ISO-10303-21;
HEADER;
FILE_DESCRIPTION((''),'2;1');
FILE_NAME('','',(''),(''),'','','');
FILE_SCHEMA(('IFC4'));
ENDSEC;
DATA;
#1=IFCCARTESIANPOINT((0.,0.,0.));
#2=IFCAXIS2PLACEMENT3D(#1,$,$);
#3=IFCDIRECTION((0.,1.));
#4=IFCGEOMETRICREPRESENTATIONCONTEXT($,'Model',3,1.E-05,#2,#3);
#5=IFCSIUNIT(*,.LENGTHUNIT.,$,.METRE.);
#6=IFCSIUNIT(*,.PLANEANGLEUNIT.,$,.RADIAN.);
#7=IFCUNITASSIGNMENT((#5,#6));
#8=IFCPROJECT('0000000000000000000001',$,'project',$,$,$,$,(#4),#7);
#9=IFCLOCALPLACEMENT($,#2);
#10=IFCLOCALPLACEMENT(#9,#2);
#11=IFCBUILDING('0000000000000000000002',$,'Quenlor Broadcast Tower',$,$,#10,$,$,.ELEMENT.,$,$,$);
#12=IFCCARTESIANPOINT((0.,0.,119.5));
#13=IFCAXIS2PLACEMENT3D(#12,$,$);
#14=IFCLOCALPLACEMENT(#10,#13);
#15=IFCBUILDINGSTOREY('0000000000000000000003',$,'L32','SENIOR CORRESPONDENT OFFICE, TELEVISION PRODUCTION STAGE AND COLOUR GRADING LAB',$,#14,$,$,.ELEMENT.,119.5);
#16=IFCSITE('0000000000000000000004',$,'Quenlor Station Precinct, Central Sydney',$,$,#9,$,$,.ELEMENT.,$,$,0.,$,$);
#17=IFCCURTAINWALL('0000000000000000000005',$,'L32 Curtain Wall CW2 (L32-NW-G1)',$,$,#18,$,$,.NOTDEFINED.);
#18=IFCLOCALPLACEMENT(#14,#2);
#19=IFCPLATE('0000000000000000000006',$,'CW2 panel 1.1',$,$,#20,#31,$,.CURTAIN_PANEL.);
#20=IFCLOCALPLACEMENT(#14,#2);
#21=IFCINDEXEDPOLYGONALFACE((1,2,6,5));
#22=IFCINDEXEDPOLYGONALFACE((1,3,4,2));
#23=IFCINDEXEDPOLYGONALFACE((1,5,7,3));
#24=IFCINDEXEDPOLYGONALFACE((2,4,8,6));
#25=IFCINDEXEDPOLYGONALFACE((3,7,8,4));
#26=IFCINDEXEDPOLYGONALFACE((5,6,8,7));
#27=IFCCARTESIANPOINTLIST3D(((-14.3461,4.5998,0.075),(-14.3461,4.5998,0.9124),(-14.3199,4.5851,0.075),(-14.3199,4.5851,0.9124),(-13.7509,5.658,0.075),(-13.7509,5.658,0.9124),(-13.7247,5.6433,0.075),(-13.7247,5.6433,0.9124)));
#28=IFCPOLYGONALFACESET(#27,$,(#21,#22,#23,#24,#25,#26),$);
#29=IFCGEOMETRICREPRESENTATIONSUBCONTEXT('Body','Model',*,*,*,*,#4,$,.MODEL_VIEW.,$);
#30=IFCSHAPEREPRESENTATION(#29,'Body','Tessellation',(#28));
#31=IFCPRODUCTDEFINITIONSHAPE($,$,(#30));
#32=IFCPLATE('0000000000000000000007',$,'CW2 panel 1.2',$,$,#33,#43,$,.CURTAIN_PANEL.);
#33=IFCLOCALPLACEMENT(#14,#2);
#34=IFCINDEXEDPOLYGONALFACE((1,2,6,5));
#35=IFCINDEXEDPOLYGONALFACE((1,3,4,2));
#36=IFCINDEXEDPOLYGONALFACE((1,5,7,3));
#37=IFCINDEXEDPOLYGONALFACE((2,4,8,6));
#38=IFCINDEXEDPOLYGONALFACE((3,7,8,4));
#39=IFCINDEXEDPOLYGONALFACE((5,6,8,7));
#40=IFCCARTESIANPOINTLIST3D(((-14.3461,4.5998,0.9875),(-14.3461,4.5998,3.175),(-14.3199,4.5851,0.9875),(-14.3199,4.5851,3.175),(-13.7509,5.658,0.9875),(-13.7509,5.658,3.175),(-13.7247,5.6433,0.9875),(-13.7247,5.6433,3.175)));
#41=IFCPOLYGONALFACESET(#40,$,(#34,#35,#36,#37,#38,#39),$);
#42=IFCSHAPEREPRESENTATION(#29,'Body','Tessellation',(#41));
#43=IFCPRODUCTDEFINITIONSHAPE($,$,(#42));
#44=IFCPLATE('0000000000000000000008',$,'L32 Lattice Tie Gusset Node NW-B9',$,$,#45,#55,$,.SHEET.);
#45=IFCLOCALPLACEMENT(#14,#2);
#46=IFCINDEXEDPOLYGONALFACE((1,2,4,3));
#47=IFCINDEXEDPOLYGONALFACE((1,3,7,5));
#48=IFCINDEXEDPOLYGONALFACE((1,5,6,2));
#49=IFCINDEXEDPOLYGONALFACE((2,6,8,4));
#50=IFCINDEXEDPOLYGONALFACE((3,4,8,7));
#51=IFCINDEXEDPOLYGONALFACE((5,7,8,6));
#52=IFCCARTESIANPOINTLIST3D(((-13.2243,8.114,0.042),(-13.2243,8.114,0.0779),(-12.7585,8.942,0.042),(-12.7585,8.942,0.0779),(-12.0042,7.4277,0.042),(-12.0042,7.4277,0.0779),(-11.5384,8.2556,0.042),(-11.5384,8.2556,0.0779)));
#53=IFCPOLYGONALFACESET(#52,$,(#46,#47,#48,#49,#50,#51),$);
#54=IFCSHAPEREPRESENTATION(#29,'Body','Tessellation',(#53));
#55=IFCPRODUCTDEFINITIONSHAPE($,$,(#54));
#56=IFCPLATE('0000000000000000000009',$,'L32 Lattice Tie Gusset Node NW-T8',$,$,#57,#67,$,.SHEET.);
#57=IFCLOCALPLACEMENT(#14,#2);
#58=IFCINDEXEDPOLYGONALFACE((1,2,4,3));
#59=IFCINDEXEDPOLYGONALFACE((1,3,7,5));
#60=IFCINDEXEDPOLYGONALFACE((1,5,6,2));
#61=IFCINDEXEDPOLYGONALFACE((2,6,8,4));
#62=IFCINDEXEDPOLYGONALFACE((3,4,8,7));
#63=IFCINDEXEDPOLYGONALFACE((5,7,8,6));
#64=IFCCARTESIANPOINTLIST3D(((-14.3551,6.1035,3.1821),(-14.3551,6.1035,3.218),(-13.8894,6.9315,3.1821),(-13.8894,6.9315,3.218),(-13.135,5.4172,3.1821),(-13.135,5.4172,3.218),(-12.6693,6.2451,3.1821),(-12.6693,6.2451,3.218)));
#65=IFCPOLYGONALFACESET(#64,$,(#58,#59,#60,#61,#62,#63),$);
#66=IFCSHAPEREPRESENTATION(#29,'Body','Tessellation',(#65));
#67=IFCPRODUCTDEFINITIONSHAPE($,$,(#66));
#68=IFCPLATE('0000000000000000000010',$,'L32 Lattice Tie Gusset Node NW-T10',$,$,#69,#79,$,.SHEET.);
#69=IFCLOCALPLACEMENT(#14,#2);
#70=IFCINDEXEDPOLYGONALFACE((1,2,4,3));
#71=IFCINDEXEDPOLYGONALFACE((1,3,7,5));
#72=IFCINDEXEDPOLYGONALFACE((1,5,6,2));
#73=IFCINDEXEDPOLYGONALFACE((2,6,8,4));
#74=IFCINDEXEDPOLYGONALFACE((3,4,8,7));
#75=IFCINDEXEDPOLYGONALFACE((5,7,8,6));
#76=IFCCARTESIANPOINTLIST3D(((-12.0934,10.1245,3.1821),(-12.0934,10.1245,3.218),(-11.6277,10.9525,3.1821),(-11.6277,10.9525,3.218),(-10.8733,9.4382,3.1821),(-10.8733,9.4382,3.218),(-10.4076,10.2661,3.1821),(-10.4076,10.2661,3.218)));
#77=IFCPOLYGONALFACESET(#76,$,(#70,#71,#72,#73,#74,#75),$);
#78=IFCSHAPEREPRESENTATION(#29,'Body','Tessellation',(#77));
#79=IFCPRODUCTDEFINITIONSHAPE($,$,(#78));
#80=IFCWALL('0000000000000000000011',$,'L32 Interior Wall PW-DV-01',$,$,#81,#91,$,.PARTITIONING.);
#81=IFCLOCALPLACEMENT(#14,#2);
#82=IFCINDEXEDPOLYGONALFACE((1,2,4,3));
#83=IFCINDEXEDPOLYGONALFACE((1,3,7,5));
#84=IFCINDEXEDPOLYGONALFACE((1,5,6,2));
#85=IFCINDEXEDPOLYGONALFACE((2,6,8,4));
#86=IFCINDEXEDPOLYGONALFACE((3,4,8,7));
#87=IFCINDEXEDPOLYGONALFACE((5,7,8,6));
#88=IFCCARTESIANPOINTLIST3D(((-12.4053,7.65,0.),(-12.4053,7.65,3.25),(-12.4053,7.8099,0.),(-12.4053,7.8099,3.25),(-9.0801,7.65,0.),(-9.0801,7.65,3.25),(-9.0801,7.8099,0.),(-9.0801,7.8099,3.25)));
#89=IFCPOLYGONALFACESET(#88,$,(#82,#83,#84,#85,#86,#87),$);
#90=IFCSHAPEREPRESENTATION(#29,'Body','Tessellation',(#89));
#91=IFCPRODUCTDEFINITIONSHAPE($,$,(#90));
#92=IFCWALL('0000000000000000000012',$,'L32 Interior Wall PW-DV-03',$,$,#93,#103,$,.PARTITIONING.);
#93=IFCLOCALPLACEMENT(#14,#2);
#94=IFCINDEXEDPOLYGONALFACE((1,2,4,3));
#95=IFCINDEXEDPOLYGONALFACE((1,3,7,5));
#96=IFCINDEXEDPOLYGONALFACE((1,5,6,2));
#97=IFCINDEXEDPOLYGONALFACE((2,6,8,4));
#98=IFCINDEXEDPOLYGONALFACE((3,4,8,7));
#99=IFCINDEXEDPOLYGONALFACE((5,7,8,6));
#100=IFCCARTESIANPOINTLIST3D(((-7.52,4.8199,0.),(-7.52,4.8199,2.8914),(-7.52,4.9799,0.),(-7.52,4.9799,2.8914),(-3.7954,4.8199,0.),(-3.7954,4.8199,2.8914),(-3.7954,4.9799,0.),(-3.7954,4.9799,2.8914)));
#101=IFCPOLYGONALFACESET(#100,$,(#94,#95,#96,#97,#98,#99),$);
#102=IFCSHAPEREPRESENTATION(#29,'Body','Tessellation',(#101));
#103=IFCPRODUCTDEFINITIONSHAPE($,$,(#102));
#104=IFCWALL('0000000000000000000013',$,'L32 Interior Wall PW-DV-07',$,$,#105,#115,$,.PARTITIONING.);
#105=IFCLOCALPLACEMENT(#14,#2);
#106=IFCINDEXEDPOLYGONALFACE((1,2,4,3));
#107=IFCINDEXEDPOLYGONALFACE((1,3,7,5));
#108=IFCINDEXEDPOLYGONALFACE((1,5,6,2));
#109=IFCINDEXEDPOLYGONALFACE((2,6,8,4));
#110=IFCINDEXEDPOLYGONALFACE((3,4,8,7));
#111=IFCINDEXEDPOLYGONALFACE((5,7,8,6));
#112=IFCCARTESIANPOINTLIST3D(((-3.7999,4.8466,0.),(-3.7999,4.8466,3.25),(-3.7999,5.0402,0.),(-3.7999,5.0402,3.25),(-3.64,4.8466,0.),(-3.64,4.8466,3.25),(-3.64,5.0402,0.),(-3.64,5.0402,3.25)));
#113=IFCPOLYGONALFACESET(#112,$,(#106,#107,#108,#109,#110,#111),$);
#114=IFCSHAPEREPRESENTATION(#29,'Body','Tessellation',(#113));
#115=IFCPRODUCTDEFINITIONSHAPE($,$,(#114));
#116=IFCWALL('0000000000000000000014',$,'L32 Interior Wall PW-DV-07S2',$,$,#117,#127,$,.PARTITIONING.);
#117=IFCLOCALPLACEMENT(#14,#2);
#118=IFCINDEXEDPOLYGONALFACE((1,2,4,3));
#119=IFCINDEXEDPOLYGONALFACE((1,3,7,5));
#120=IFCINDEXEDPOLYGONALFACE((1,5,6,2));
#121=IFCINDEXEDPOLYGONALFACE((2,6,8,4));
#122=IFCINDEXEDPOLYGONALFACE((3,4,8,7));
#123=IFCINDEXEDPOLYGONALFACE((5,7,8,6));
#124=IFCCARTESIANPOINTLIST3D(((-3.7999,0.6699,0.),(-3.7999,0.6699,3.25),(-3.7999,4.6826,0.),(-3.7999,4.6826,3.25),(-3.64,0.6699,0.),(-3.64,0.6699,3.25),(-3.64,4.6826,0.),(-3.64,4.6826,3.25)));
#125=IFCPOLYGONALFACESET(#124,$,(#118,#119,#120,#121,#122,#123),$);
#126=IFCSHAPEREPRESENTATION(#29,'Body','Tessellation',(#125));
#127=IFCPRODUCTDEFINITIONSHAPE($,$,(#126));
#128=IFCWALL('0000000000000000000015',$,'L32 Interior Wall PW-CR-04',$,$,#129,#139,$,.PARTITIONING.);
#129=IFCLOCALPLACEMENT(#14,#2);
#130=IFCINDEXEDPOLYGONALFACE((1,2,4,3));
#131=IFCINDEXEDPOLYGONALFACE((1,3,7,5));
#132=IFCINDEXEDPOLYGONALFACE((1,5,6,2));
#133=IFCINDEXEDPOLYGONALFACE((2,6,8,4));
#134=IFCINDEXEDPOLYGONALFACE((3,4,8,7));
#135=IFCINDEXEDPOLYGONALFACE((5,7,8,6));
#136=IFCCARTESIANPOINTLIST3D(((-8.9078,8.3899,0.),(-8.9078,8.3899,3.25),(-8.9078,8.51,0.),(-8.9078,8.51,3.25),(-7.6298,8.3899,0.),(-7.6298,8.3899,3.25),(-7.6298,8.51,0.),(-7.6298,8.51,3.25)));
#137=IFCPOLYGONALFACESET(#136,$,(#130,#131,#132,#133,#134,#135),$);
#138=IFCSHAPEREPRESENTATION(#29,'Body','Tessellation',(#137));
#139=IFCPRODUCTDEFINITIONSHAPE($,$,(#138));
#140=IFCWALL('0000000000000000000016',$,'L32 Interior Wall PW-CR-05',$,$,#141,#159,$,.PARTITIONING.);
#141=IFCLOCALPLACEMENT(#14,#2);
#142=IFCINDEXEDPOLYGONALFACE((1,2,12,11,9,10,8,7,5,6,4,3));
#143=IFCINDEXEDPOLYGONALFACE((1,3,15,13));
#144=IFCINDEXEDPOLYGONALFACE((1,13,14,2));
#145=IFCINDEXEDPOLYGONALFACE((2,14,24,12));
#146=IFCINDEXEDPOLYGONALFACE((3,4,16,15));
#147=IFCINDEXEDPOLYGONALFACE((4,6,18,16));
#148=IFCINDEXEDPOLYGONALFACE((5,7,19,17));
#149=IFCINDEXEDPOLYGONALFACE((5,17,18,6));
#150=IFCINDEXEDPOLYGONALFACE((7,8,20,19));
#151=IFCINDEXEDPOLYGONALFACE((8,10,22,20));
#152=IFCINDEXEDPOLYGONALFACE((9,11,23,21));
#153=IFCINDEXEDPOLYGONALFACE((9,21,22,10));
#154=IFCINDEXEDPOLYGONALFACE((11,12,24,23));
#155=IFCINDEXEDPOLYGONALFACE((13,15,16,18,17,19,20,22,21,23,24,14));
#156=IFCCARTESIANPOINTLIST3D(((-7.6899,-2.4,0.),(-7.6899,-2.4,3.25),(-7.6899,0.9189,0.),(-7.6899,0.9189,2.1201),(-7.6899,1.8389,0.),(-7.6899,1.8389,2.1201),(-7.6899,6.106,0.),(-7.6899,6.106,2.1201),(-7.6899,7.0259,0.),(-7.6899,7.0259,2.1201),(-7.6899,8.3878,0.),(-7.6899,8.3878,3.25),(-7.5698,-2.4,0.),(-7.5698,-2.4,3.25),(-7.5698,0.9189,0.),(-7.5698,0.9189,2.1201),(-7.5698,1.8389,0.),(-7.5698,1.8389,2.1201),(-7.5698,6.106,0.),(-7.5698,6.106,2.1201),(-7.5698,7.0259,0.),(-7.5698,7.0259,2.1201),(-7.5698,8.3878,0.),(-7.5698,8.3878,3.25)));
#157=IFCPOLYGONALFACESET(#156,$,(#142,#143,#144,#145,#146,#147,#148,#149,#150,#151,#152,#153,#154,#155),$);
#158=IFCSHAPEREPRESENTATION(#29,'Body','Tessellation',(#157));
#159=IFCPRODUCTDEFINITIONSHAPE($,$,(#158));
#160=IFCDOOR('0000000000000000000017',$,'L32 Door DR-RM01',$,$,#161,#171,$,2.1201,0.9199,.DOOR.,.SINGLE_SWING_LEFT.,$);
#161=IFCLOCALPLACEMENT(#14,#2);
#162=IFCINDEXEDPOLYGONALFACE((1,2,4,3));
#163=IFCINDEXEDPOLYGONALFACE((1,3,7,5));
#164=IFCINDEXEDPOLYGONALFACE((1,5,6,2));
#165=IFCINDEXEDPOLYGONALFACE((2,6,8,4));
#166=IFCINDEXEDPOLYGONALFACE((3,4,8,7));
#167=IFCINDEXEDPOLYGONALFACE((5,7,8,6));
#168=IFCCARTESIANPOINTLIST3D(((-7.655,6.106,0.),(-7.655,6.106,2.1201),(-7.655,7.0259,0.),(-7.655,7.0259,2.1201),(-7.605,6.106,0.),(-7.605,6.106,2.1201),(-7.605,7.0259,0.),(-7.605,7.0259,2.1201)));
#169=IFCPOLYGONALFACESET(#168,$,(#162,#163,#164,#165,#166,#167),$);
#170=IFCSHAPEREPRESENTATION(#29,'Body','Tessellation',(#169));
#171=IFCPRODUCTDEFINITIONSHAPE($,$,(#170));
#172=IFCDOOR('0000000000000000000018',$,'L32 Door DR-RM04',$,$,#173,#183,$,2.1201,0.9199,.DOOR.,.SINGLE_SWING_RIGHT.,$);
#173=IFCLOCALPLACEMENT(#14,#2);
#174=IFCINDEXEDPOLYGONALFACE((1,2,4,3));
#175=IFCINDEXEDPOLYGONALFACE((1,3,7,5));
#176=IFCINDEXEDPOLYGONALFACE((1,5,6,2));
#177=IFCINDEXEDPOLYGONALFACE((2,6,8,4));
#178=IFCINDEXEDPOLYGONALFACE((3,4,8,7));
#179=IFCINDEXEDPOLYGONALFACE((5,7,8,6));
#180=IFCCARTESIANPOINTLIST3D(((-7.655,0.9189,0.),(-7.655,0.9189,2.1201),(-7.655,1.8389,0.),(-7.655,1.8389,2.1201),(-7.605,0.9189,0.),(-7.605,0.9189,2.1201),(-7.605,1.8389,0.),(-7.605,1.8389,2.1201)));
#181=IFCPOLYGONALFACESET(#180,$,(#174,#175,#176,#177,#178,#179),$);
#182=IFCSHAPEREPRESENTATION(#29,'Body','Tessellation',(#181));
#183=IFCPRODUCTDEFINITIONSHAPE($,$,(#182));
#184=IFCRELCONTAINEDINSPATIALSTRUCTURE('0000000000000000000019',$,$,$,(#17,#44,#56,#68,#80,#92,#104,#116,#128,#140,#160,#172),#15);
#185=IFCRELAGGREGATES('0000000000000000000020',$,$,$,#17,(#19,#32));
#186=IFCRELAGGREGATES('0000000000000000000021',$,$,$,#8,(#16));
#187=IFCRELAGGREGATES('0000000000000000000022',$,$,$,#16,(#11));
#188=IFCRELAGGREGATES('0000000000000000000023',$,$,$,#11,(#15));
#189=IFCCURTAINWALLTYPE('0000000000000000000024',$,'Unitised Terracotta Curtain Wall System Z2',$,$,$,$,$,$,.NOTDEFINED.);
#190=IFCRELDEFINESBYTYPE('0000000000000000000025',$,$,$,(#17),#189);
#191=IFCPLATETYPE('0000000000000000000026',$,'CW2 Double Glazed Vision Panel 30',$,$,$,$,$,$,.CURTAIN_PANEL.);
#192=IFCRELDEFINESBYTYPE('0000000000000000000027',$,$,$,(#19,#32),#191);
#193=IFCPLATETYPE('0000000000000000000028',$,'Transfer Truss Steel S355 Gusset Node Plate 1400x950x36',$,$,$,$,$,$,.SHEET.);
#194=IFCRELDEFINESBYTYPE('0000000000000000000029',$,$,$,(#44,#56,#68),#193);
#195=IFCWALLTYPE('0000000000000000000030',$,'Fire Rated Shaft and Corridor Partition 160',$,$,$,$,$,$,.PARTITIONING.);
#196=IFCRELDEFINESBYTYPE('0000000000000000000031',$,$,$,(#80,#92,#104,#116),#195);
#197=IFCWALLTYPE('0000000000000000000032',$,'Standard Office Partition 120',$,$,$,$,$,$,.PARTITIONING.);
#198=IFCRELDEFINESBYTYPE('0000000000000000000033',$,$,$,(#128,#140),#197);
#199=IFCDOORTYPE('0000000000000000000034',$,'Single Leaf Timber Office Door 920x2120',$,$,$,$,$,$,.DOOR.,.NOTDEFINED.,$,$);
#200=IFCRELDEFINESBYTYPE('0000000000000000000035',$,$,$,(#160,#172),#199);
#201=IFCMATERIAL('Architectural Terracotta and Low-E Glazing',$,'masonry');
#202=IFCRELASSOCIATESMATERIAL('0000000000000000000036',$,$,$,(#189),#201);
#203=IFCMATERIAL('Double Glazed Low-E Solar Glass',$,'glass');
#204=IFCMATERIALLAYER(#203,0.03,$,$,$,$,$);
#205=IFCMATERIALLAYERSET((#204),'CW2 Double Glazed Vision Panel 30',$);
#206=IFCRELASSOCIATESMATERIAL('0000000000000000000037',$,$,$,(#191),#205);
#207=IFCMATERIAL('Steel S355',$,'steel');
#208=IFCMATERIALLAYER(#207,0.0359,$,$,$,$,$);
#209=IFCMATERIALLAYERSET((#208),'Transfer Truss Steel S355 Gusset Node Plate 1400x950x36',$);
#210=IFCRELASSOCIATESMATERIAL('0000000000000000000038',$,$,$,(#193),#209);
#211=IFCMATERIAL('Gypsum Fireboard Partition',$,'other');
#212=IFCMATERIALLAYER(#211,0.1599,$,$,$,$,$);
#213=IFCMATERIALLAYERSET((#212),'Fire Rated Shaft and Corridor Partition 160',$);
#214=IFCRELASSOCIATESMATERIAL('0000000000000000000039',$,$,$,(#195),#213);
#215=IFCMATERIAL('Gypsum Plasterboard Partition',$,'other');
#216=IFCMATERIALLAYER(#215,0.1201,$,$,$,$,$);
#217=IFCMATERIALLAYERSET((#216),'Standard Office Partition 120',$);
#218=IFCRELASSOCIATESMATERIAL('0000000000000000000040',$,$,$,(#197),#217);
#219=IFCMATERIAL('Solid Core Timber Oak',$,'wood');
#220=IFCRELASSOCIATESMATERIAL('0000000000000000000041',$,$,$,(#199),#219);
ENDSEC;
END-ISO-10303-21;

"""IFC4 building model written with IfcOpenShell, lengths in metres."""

from ifc_helpers import new_model, si_unit, direction, frame, frame_2d, origin, origin_2d, place, context, subcontext, project, spatial, rectangle, extrude, material, layer, layer_set, type_object, element, fill, aggregate, save


model = new_model("IFC4")

# Units and contexts
model_context = context("Model", 3, precision=1e-05, world=origin(), true_north=direction((0.0, 1.0)))
body_context = subcontext(model_context, "Body", "Model", "MODEL_VIEW")
ifc_project = project(units=[si_unit("LENGTHUNIT", "METRE"), si_unit("PLANEANGLEUNIT", "RADIAN")], contexts=[model_context])

# Site, building, storey
site_placement = place(None, origin())
site = spatial("IfcSite", under=ifc_project, at=site_placement, Name="Quenlor Station Precinct, Central Sydney", CompositionType="ELEMENT", RefElevation=0.0)
building_placement = place(site_placement, origin())
building = spatial("IfcBuilding", under=site, at=building_placement, Name="Quenlor Broadcast Tower", CompositionType="ELEMENT")
storey_placement = place(building_placement, frame((0.0, 0.0, 119.5)))
storey = spatial("IfcBuildingStorey", under=building, at=storey_placement, Name="L32", Description="SENIOR CORRESPONDENT OFFICE, TELEVISION PRODUCTION STAGE AND COLOUR GRADING LAB", CompositionType="ELEMENT", Elevation=119.5)

# Curtain wall
ifc_material_1 = material(Name="Architectural Terracotta and Low-E Glazing", Category="masonry")
curtain_wall_type = type_object("IfcCurtainWallType", Name="Unitised Terracotta Curtain Wall System Z2", PredefinedType="NOTDEFINED", material=ifc_material_1)
curtain_wall_1_placement = place(storey_placement, origin())
curtain_wall_1 = element("IfcCurtainWall", 1, at=curtain_wall_1_placement, inside=storey, type_object=curtain_wall_type, Name="L32 Curtain Wall CW2 (L32-NW-G1)", PredefinedType="NOTDEFINED")

# Plates
ifc_material_2 = material(Name="Double Glazed Low-E Solar Glass", Category="glass")
ifc_layer_1 = layer(ifc_material_2, 0.03)
ifc_layer_set_1 = layer_set([ifc_layer_1], Name="CW2 Double Glazed Vision Panel 30")
plate_type_1 = type_object("IfcPlateType", Name="CW2 Double Glazed Vision Panel 30", PredefinedType="CURTAIN_PANEL", material=ifc_layer_set_1)
plate_1_placement = place(storey_placement, frame((-14.0354, 5.1216, 0.075), z_axis=(0.0, 0.0, 1.0), x_axis=(0.490254, 0.871579, 0.0)))
plate_1 = element("IfcPlate", 2, at=plate_1_placement, type_object=plate_type_1, Name="CW2 panel 1.1", PredefinedType="CURTAIN_PANEL", context=body_context, shape_type="SweptSolid", body=[
    extrude(rectangle(XDim=1.2141, YDim=0.03, at=origin_2d()), origin(), (0.0, 0.0, 1.0), 0.8374),
])
plate_2_placement = place(storey_placement, frame((-14.0354, 5.1216, 0.9875), z_axis=(0.0, 0.0, 1.0), x_axis=(0.490254, 0.871579, 0.0)))
plate_2 = element("IfcPlate", 3, at=plate_2_placement, type_object=plate_type_1, Name="CW2 panel 1.2", PredefinedType="CURTAIN_PANEL", context=body_context, shape_type="SweptSolid", body=[
    extrude(rectangle(XDim=1.2141, YDim=0.03, at=origin_2d()), origin(), (0.0, 0.0, 1.0), 2.1875),
])
aggregate(curtain_wall_1, [plate_1, plate_2])

# Plates
ifc_material_3 = material(Name="Steel S355", Category="steel")
ifc_layer_2 = layer(ifc_material_3, 0.0359)
ifc_layer_set_2 = layer_set([ifc_layer_2], Name="Transfer Truss Steel S355 Gusset Node Plate 1400x950x36")
plate_type_2 = type_object("IfcPlateType", Name="Transfer Truss Steel S355 Gusset Node Plate 1400x950x36", PredefinedType="SHEET", material=ifc_layer_set_2)
for number, where, z_axis, x_axis, name in (
    (4, (-12.3813, 8.1848, 0.042), (0.0, 0.0, 1.0), (-0.871556, 0.490295, 0.0), "L32 Lattice Tie Gusset Node NW-B9"),
    (5, (-13.5122, 6.1743, 3.1821), (0.0, 0.0, 1.0), (-0.871556, 0.490295, 0.0), "L32 Lattice Tie Gusset Node NW-T8"),
    (6, (-11.2505, 10.1953, 3.1821), (0.0, 0.0, 1.0), (-0.871556, 0.490295, 0.0), "L32 Lattice Tie Gusset Node NW-T10"),
):
    element("IfcPlate", number, at=place(storey_placement, frame(where, z_axis=z_axis, x_axis=x_axis)), inside=storey, type_object=plate_type_2, Name=name, PredefinedType="SHEET", context=body_context, shape_type="SweptSolid", body=[
        extrude(rectangle(XDim=1.3999, YDim=0.95, at=origin_2d()), origin(), (0.0, 0.0, 1.0), 0.0359),
    ])

# Walls
ifc_material_4 = material(Name="Gypsum Fireboard Partition", Category="other")
ifc_layer_3 = layer(ifc_material_4, 0.1599)
ifc_layer_set_3 = layer_set([ifc_layer_3], Name="Fire Rated Shaft and Corridor Partition 160")
wall_type_1 = type_object("IfcWallType", Name="Fire Rated Shaft and Corridor Partition 160", PredefinedType="PARTITIONING", material=ifc_layer_set_3)
wall_1_placement = place(storey_placement, frame((-9.0801, 7.73, 0.0), z_axis=(0.0, 0.0, 1.0), x_axis=(-1.0, 0.0, 0.0)))
element("IfcWall", 7, at=wall_1_placement, inside=storey, type_object=wall_type_1, Name="L32 Interior Wall PW-DV-01", PredefinedType="PARTITIONING", context=body_context, shape_type="SweptSolid", body=[
    extrude(rectangle(XDim=3.3252, YDim=0.1599, at=frame_2d((1.6626, 0.0))), origin(), (0.0, 0.0, 1.0), 3.25),
])
wall_2_placement = place(storey_placement, frame((-3.7954, 4.8999, 0.0), z_axis=(0.0, 0.0, 1.0), x_axis=(-1.0, 0.0, 0.0)))
element("IfcWall", 8, at=wall_2_placement, inside=storey, type_object=wall_type_1, Name="L32 Interior Wall PW-DV-03", PredefinedType="PARTITIONING", context=body_context, shape_type="SweptSolid", body=[
    extrude(rectangle(XDim=3.7246, YDim=0.1599, at=frame_2d((1.8623, 0.0))), origin(), (0.0, 0.0, 1.0), 2.8914),
])
wall_3_placement = place(storey_placement, frame((-3.72, 5.04, 0.0), z_axis=(0.0, 0.0, 1.0), x_axis=(0.0, -1.0, 0.0)))
element("IfcWall", 9, at=wall_3_placement, inside=storey, type_object=wall_type_1, Name="L32 Interior Wall PW-DV-07", PredefinedType="PARTITIONING", context=body_context, shape_type="SweptSolid", body=[
    extrude(rectangle(XDim=0.1936, YDim=0.1599, at=frame_2d((0.0967, 0.0))), origin(), (0.0, 0.0, 1.0), 3.25),
])
wall_4_placement = place(storey_placement, frame((-3.72, 4.6826, 0.0), z_axis=(0.0, 0.0, 1.0), x_axis=(0.0, -1.0, 0.0)))
element("IfcWall", 10, at=wall_4_placement, inside=storey, type_object=wall_type_1, Name="L32 Interior Wall PW-DV-07S2", PredefinedType="PARTITIONING", context=body_context, shape_type="SweptSolid", body=[
    extrude(rectangle(XDim=4.0127, YDim=0.1599, at=frame_2d((2.0063, 0.0))), origin(), (0.0, 0.0, 1.0), 3.25),
])
ifc_material_5 = material(Name="Gypsum Plasterboard Partition", Category="other")
ifc_layer_4 = layer(ifc_material_5, 0.1201)
ifc_layer_set_4 = layer_set([ifc_layer_4], Name="Standard Office Partition 120")
wall_type_2 = type_object("IfcWallType", Name="Standard Office Partition 120", PredefinedType="PARTITIONING", material=ifc_layer_set_4)
wall_5_placement = place(storey_placement, frame((-8.908, 8.45, 0.0), z_axis=(0.0, 0.0, 1.0), x_axis=(1.0, 0.0, 0.0)))
element("IfcWall", 11, at=wall_5_placement, inside=storey, type_object=wall_type_2, Name="L32 Interior Wall PW-CR-04", PredefinedType="PARTITIONING", context=body_context, shape_type="SweptSolid", body=[
    extrude(rectangle(XDim=1.2781, YDim=0.1201, at=frame_2d((0.6392, 0.0))), origin(), (0.0, 0.0, 1.0), 3.25),
])

# Wall, openings, doors
wall_6_placement = place(storey_placement, frame((-7.6299, 8.3879, 0.0), z_axis=(0.0, 0.0, 1.0), x_axis=(0.0, -1.0, 0.0)))
wall_6 = element("IfcWall", 12, at=wall_6_placement, inside=storey, type_object=wall_type_2, Name="L32 Interior Wall PW-CR-05", PredefinedType="PARTITIONING", context=body_context, shape_type="SweptSolid", body=[
    extrude(rectangle(XDim=10.7878, YDim=0.1201, at=frame_2d((5.394, 0.0))), origin(), (0.0, 0.0, 1.0), 3.25),
])
opening_1_placement = place(wall_6_placement, frame((1.3621, 0.0, 0.0)))
opening_1 = element("IfcOpeningElement", 13, at=opening_1_placement, cuts=wall_6, PredefinedType="OPENING", context=body_context, shape_type="SweptSolid", body=[
    extrude(rectangle(XDim=0.9199, YDim=2.1201, at=frame_2d((0.46, 1.0601))), frame((0.0, 0.0701, 0.0), z_axis=(0.0, -1.0, 0.0), x_axis=(1.0, 0.0, 0.0)), (0.0, 0.0, 1.0), 0.1401),
])
opening_2_placement = place(wall_6_placement, frame((6.5491, 0.0, 0.0)))
opening_2 = element("IfcOpeningElement", 14, at=opening_2_placement, cuts=wall_6, PredefinedType="OPENING", context=body_context, shape_type="SweptSolid", body=[
    extrude(rectangle(XDim=0.9199, YDim=2.1201, at=frame_2d((0.46, 1.0601))), frame((0.0, 0.0701, 0.0), z_axis=(0.0, -1.0, 0.0), x_axis=(1.0, 0.0, 0.0)), (0.0, 0.0, 1.0), 0.1401),
])
ifc_material_6 = material(Name="Solid Core Timber Oak", Category="wood")
door_type = type_object("IfcDoorType", Name="Single Leaf Timber Office Door 920x2120", OperationType="NOTDEFINED", PredefinedType="DOOR", material=ifc_material_6)
door_1_placement = place(opening_1_placement, origin())
door_1 = element("IfcDoor", 15, at=door_1_placement, inside=storey, type_object=door_type, Name="L32 Door DR-RM01", OperationType="SINGLE_SWING_LEFT", OverallHeight=2.1201, OverallWidth=0.9199, PredefinedType="DOOR", context=body_context, shape_type="SweptSolid", body=[
    extrude(rectangle(XDim=0.9199, YDim=2.1201, at=frame_2d((0.46, 1.0601))), frame((0.0, 0.0249, 0.0), z_axis=(0.0, -1.0, 0.0), x_axis=(1.0, 0.0, 0.0)), (0.0, 0.0, 1.0), 0.05),
])
fill(opening_1, door_1)
door_2_placement = place(opening_2_placement, origin())
door_2 = element("IfcDoor", 16, at=door_2_placement, inside=storey, type_object=door_type, Name="L32 Door DR-RM04", OperationType="SINGLE_SWING_RIGHT", OverallHeight=2.1201, OverallWidth=0.9199, PredefinedType="DOOR", context=body_context, shape_type="SweptSolid", body=[
    extrude(rectangle(XDim=0.9199, YDim=2.1201, at=frame_2d((0.46, 1.0601))), frame((0.0, 0.0249, 0.0), z_axis=(0.0, -1.0, 0.0), x_axis=(1.0, 0.0, 0.0)), (0.0, 0.0, 1.0), 0.05),
])
fill(opening_2, door_2)

save(model, "model.ifc")
